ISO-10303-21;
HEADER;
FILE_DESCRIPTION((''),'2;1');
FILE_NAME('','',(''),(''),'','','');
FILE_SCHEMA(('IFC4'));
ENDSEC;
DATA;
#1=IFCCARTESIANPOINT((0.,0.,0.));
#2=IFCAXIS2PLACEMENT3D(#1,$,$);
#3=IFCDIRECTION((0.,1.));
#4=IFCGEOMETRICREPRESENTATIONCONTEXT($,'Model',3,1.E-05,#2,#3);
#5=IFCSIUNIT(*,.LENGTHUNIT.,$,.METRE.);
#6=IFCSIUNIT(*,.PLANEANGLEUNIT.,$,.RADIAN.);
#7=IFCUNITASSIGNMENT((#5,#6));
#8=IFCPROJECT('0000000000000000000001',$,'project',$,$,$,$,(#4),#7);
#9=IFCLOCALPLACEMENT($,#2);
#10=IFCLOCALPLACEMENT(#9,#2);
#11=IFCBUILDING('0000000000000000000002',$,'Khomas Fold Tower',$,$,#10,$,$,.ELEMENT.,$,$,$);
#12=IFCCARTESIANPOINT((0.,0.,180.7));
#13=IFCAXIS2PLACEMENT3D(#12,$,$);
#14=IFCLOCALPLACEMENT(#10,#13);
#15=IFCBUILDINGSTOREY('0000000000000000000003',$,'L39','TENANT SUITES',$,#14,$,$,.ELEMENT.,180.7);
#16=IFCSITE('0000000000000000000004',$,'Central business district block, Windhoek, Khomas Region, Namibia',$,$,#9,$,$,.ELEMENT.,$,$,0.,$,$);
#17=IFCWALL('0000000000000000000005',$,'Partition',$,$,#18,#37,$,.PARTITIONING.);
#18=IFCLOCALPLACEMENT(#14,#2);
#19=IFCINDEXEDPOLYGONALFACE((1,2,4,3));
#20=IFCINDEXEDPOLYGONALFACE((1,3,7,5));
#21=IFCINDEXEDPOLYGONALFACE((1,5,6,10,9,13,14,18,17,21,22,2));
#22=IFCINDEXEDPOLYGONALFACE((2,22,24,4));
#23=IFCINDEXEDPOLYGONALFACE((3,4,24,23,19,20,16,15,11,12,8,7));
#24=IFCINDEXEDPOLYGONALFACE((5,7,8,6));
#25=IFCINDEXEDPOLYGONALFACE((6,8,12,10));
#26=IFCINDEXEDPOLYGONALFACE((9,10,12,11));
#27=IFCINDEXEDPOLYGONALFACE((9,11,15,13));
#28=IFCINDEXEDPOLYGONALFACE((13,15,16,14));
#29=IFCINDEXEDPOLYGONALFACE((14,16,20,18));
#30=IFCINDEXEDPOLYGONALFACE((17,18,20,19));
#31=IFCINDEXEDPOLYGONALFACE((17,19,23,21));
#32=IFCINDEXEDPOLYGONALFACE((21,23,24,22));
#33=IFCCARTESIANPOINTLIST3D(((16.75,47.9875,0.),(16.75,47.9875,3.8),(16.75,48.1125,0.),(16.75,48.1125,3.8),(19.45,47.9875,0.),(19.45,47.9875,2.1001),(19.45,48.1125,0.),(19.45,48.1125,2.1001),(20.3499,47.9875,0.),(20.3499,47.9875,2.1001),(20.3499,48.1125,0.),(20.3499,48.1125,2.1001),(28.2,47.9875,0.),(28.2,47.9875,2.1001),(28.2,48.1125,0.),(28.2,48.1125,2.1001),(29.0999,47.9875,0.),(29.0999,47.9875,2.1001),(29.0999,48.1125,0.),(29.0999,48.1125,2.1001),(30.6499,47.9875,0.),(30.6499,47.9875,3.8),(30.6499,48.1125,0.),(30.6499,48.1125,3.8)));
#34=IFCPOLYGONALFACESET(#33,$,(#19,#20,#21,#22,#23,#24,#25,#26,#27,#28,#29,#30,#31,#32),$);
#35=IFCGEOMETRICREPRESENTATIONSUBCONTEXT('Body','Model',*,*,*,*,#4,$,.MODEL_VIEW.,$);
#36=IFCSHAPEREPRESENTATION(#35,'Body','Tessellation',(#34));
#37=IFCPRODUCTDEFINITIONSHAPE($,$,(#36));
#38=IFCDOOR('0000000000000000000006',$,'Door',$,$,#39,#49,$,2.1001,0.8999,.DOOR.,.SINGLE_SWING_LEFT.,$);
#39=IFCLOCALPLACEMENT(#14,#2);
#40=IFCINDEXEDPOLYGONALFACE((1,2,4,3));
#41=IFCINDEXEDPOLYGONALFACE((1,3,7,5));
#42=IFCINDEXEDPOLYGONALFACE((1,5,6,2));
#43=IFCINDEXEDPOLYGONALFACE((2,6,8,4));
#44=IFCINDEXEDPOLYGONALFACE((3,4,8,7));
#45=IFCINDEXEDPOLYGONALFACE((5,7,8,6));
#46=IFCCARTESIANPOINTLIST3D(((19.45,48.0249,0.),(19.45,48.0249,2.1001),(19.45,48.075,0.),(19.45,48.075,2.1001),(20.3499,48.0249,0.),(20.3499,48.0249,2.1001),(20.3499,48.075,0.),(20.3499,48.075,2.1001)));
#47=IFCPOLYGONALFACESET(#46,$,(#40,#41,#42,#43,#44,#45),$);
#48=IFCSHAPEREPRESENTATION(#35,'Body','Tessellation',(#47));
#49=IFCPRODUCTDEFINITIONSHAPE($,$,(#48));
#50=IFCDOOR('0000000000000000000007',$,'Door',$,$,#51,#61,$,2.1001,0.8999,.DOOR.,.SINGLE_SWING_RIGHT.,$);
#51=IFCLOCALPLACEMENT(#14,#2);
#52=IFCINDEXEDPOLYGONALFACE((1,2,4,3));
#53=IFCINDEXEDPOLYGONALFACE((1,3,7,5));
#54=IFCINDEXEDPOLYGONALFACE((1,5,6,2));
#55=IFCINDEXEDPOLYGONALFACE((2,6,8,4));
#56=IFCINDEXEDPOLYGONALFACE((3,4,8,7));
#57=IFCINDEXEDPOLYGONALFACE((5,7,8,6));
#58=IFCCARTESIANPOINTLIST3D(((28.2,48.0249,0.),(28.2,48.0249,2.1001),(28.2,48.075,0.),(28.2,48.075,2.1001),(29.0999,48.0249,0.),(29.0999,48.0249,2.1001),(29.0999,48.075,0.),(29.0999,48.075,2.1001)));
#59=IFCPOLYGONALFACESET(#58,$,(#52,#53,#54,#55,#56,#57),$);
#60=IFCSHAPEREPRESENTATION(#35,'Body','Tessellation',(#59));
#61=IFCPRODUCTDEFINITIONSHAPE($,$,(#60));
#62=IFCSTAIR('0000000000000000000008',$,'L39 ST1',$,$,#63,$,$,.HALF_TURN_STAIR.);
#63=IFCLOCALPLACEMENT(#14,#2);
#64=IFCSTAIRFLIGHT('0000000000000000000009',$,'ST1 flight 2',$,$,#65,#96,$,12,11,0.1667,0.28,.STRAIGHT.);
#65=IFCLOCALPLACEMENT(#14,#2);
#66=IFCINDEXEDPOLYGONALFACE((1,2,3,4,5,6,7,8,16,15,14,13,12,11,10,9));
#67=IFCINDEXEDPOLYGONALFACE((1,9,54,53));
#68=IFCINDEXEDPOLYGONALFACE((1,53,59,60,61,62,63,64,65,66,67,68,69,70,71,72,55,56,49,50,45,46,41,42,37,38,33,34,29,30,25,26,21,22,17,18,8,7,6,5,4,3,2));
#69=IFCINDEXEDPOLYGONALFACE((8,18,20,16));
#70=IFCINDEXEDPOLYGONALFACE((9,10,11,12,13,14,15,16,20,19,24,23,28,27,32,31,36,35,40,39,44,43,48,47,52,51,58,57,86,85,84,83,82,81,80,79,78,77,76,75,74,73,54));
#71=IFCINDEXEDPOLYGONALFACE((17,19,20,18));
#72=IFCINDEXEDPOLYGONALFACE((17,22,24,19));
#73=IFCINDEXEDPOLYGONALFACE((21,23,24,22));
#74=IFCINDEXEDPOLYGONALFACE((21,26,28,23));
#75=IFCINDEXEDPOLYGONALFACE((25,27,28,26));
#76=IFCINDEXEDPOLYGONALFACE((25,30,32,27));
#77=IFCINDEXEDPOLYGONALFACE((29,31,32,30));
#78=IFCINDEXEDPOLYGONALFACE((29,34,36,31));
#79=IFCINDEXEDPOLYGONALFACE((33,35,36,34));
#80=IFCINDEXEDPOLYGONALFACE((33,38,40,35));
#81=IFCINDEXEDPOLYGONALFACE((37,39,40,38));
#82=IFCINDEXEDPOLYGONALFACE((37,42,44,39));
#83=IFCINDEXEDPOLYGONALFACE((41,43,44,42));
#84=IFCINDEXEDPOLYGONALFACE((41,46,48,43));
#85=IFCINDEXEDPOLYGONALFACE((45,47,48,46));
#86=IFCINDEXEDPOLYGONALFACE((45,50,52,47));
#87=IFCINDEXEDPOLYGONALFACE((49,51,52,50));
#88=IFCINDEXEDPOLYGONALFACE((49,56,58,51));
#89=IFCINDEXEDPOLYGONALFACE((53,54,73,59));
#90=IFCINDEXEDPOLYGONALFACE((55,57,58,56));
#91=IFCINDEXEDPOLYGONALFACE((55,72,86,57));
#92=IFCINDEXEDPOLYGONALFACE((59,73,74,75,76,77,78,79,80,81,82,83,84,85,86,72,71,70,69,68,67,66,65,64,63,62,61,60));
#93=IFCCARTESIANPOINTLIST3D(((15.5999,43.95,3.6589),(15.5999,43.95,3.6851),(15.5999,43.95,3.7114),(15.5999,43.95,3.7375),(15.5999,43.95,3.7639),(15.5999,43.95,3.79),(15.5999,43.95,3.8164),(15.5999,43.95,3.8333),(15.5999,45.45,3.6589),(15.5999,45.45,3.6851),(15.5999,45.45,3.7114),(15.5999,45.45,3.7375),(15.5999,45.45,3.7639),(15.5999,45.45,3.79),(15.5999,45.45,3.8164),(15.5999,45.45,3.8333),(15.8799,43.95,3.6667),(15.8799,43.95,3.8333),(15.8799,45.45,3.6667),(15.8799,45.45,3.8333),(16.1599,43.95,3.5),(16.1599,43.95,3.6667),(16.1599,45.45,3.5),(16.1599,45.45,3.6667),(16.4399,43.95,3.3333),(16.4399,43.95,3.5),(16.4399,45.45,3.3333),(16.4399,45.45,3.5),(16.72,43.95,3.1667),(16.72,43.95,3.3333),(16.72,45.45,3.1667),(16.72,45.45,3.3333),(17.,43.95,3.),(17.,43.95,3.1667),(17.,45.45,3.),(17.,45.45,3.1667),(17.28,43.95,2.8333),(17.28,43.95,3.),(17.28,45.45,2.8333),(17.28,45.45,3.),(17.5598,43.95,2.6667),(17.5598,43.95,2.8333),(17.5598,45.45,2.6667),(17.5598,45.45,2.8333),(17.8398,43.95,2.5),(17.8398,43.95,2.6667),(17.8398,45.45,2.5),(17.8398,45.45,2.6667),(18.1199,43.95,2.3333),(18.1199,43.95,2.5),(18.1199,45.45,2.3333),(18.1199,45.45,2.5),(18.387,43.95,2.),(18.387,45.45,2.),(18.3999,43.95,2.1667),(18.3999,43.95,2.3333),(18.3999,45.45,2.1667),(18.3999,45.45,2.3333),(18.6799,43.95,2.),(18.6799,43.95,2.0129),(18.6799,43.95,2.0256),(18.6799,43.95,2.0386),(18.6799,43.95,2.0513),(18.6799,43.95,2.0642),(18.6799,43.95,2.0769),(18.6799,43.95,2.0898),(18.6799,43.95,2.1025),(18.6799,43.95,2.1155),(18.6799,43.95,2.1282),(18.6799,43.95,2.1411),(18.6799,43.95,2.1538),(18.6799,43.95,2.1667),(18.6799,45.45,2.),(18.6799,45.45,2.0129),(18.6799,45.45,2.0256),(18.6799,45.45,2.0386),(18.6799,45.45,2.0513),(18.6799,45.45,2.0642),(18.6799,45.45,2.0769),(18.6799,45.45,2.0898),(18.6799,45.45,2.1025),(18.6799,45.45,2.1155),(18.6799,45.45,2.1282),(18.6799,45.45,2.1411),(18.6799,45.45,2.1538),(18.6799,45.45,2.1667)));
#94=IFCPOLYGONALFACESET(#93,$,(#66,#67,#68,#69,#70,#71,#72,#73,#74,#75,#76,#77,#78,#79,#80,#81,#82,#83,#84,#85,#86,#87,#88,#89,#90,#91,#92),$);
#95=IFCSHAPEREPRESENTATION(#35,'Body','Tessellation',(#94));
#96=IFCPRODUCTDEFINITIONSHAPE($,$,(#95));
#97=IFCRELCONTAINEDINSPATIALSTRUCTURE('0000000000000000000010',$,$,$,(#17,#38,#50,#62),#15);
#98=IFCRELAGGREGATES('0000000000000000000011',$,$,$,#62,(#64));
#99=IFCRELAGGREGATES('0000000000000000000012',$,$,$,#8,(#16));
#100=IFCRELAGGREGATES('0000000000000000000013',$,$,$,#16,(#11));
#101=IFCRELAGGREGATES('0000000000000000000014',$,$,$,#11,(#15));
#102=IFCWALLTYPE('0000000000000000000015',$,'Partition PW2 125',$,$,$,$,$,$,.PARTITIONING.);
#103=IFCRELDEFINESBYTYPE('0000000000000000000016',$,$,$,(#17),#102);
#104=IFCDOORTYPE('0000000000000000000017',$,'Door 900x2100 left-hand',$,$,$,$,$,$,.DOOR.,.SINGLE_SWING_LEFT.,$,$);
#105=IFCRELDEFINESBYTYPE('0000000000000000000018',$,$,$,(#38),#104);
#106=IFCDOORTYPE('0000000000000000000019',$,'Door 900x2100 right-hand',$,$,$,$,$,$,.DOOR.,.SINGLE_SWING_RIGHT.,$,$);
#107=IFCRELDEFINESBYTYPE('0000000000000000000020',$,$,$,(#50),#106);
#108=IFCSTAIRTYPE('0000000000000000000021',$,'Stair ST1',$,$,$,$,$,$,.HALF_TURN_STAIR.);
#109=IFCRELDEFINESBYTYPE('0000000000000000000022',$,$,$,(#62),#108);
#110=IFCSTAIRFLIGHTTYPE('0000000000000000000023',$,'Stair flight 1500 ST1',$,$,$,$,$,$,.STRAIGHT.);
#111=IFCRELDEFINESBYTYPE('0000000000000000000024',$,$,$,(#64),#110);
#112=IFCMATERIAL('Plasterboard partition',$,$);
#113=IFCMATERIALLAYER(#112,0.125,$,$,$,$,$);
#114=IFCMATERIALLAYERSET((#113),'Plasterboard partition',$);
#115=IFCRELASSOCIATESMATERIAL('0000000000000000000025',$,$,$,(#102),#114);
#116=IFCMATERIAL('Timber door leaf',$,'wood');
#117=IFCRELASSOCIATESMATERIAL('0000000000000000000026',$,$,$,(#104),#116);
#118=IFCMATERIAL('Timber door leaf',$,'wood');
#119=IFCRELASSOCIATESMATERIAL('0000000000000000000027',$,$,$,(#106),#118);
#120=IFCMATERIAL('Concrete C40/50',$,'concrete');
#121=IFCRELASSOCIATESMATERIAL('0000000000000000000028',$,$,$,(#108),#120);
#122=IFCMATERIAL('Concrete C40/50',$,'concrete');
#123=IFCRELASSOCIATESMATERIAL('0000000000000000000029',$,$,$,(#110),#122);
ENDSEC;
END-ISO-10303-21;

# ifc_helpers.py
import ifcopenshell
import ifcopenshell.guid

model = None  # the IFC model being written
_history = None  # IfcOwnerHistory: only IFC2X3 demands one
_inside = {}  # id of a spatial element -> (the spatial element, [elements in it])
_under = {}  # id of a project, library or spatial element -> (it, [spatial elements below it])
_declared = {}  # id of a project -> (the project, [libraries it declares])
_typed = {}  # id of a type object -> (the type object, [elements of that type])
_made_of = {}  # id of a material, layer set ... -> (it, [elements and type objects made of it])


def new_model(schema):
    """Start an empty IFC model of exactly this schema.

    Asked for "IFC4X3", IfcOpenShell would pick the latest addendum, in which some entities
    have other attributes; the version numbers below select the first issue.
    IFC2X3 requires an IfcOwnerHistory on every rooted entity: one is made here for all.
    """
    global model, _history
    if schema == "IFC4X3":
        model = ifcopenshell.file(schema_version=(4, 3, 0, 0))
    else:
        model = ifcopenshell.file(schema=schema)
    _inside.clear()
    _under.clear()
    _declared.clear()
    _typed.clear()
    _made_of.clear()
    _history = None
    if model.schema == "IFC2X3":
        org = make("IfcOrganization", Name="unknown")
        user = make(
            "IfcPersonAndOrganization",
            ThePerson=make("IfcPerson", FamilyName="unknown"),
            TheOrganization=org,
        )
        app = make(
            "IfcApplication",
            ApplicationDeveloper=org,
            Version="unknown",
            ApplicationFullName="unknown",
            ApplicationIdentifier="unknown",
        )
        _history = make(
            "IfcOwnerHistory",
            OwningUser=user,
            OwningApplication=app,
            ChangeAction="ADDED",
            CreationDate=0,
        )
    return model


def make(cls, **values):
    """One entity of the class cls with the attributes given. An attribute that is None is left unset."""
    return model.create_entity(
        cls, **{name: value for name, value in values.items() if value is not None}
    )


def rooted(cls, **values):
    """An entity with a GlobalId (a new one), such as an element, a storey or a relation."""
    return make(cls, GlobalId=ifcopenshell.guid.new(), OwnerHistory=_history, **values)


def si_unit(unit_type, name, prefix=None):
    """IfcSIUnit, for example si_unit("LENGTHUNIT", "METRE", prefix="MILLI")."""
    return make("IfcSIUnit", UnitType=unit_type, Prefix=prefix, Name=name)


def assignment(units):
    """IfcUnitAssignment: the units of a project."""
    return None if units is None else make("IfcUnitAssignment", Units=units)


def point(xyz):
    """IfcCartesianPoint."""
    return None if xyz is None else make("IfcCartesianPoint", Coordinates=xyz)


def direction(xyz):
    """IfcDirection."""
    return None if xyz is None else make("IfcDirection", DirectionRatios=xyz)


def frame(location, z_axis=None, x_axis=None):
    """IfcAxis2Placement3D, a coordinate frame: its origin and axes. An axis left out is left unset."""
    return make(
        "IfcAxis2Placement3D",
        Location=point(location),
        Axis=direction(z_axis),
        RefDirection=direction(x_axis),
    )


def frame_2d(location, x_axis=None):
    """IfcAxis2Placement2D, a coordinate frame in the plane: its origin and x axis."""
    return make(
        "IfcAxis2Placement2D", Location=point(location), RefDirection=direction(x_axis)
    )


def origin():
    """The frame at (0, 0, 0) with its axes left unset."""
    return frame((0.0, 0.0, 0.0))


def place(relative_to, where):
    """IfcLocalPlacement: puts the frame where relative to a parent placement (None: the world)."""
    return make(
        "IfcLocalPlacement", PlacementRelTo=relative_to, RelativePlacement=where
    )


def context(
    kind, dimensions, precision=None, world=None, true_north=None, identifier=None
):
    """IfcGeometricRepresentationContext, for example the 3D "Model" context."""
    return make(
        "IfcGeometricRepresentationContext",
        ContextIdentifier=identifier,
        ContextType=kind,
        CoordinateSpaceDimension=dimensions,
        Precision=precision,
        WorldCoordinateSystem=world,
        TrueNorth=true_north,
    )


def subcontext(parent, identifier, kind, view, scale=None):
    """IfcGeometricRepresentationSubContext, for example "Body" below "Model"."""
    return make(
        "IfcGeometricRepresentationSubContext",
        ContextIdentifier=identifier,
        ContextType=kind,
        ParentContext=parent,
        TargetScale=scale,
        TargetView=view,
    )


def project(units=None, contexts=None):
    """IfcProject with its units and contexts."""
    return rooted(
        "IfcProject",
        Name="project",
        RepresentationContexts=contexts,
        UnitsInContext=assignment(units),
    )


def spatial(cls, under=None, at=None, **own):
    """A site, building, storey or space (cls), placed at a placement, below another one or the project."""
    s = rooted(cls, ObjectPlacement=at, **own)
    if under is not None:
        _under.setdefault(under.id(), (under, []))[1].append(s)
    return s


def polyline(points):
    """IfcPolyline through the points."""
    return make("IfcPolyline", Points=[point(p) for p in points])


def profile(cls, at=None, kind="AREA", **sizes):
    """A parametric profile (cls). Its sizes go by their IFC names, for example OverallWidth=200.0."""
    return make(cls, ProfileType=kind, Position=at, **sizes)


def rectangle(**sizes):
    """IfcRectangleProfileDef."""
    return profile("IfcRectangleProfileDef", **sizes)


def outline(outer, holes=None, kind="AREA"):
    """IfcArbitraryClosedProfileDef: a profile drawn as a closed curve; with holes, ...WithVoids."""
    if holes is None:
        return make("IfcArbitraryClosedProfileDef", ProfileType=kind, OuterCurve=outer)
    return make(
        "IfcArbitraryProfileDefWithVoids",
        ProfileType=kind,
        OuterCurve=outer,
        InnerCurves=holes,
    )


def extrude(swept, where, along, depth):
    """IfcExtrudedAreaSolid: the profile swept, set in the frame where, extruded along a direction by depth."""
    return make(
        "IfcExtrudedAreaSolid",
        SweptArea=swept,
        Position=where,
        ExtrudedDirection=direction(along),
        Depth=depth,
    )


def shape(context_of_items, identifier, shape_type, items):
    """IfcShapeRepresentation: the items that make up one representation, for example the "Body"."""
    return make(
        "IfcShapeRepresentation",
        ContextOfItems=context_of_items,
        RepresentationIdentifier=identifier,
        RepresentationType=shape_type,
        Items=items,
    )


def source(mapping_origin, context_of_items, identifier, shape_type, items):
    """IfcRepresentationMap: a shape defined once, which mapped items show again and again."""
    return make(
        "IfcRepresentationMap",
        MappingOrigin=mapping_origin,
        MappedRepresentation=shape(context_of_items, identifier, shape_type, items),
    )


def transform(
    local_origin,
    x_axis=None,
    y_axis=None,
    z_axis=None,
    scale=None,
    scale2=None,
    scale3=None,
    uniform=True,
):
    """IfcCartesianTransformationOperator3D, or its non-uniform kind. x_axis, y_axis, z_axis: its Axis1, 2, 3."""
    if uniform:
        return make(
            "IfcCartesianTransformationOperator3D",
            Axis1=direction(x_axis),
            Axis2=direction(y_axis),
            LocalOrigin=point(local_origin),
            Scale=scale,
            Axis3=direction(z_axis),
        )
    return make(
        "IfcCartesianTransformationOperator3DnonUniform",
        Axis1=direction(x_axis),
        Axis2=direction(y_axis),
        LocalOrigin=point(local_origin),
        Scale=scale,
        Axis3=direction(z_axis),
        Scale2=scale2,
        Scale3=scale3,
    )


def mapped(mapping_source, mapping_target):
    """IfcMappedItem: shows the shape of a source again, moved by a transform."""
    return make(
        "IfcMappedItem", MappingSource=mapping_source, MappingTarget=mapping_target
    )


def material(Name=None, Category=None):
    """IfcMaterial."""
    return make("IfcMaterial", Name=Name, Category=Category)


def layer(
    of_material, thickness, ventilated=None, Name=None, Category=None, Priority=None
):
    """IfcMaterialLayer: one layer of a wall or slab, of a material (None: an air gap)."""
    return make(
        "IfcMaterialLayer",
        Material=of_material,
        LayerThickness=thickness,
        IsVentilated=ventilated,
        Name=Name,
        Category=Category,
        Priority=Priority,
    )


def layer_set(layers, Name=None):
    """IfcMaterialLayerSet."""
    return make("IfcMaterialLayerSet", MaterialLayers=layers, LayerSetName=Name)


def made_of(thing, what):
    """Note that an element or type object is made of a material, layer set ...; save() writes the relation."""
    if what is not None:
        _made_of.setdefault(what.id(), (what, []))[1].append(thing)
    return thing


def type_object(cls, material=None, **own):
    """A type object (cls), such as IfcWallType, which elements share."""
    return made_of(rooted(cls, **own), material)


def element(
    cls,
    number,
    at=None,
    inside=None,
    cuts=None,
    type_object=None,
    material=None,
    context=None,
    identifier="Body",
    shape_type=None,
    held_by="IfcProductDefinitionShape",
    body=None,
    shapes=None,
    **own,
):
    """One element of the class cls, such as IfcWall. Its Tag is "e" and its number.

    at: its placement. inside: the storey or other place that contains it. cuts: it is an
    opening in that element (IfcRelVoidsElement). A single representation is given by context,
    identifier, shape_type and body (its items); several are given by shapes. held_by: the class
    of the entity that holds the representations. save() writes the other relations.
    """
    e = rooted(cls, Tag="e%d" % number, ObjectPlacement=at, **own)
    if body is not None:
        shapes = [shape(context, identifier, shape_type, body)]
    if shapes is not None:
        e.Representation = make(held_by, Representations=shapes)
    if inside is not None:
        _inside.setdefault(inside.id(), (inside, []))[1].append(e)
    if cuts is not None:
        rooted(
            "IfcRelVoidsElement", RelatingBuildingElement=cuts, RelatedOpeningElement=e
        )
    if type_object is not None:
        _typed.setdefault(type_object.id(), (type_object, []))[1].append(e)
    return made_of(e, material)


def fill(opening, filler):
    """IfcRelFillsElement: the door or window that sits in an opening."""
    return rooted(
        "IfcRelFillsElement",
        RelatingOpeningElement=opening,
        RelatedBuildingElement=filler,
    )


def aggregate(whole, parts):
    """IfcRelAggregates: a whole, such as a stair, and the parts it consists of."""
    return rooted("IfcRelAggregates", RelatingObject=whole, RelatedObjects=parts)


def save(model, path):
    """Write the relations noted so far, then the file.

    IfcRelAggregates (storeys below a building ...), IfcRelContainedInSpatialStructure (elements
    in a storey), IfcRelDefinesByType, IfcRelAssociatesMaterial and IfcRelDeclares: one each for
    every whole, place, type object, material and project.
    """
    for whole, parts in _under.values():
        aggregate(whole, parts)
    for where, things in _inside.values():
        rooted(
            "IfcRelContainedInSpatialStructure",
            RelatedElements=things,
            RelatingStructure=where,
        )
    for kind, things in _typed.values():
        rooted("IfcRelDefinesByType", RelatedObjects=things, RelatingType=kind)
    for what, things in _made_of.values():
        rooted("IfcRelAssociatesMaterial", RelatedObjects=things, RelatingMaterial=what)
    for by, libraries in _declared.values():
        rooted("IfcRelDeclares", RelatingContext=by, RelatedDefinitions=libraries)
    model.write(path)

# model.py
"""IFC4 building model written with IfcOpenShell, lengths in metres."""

from ifc_helpers import new_model, si_unit, direction, frame, frame_2d, origin, place, context, subcontext, project, spatial, polyline, rectangle, outline, extrude, source, transform, mapped, material, layer, layer_set, type_object, element, fill, aggregate, save


model = new_model("IFC4")

# Units and contexts
model_context = context("Model", 3, precision=1e-05, world=origin(), true_north=direction((0.0, 1.0)))
body_context = subcontext(model_context, "Body", "Model", "MODEL_VIEW")
ifc_project = project(units=[si_unit("LENGTHUNIT", "METRE"), si_unit("PLANEANGLEUNIT", "RADIAN")], contexts=[model_context])

# Site, building, storey
site_placement = place(None, origin())
site = spatial("IfcSite", under=ifc_project, at=site_placement, Name="Central business district block, Windhoek, Khomas Region, Namibia", CompositionType="ELEMENT", RefElevation=0.0)
building_placement = place(site_placement, origin())
building = spatial("IfcBuilding", under=site, at=building_placement, Name="Khomas Fold Tower", CompositionType="ELEMENT")
storey_placement = place(building_placement, frame((0.0, 0.0, 180.7)))
storey = spatial("IfcBuildingStorey", under=building, at=storey_placement, Name="L39", Description="TENANT SUITES", CompositionType="ELEMENT", Elevation=180.7)

# Wall, openings, doors
ifc_material_1 = material(Name="Plasterboard partition")
ifc_layer_1 = layer(ifc_material_1, 0.125)
ifc_layer_set_1 = layer_set([ifc_layer_1], Name="Plasterboard partition")
wall_type_1 = type_object("IfcWallType", Name="Partition PW2 125", PredefinedType="PARTITIONING", material=ifc_layer_set_1)
shared_shape_1 = source(origin(), body_context, "Body", "SweptSolid", [
    extrude(rectangle(XDim=13.8999, YDim=0.125, at=frame_2d((6.95, 0.0))), origin(), (0.0, 0.0, 1.0), 3.8),
])
wall_1_placement = place(storey_placement, frame((16.75, 48.05, 0.0), z_axis=(0.0, 0.0, 1.0), x_axis=(1.0, 0.0, 0.0)))
wall_1 = element("IfcWall", 1, at=wall_1_placement, inside=storey, type_object=wall_type_1, Name="Partition", PredefinedType="PARTITIONING", context=body_context, shape_type="MappedRepresentation", body=[
    mapped(shared_shape_1, transform((0.0, 0.0, 0.0))),
])
shared_shape_2 = source(origin(), body_context, "Body", "SweptSolid", [
    extrude(rectangle(XDim=0.8999, YDim=2.1001, at=frame_2d((0.45, 1.05))), frame((0.0, 0.0725, 0.0), z_axis=(0.0, -1.0, 0.0), x_axis=(1.0, 0.0, 0.0)), (0.0, 0.0, 1.0), 0.145),
])
opening_1_placement = place(wall_1_placement, frame((2.7, 0.0, 0.0)))
opening_1 = element("IfcOpeningElement", 2, at=opening_1_placement, cuts=wall_1, PredefinedType="OPENING", context=body_context, shape_type="MappedRepresentation", body=[
    mapped(shared_shape_2, transform((0.0, 0.0, 0.0))),
])
opening_2_placement = place(wall_1_placement, frame((11.45, 0.0, 0.0)))
opening_2 = element("IfcOpeningElement", 3, at=opening_2_placement, cuts=wall_1, PredefinedType="OPENING", context=body_context, shape_type="MappedRepresentation", body=[
    mapped(shared_shape_2, transform((0.0, 0.0, 0.0))),
])
ifc_material_2 = material(Name="Timber door leaf", Category="wood")
door_type_1 = type_object("IfcDoorType", Name="Door 900x2100 left-hand", OperationType="SINGLE_SWING_LEFT", PredefinedType="DOOR", material=ifc_material_2)
shared_shape_3 = source(origin(), body_context, "Body", "SweptSolid", [
    extrude(rectangle(XDim=0.8999, YDim=2.1001, at=frame_2d((0.45, 1.05))), frame((0.0, 0.0249, 0.0), z_axis=(0.0, -1.0, 0.0), x_axis=(1.0, 0.0, 0.0)), (0.0, 0.0, 1.0), 0.05),
])
door_1_placement = place(opening_1_placement, origin())
door_1 = element("IfcDoor", 4, at=door_1_placement, inside=storey, type_object=door_type_1, Name="Door", OperationType="SINGLE_SWING_LEFT", OverallHeight=2.1001, OverallWidth=0.8999, PredefinedType="DOOR", context=body_context, shape_type="MappedRepresentation", body=[
    mapped(shared_shape_3, transform((0.0, 0.0, 0.0))),
])
fill(opening_1, door_1)
ifc_material_3 = material(Name="Timber door leaf", Category="wood")
door_type_2 = type_object("IfcDoorType", Name="Door 900x2100 right-hand", OperationType="SINGLE_SWING_RIGHT", PredefinedType="DOOR", material=ifc_material_3)
door_2_placement = place(opening_2_placement, origin())
door_2 = element("IfcDoor", 5, at=door_2_placement, inside=storey, type_object=door_type_2, Name="Door", OperationType="SINGLE_SWING_RIGHT", OverallHeight=2.1001, OverallWidth=0.8999, PredefinedType="DOOR", context=body_context, shape_type="MappedRepresentation", body=[
    mapped(shared_shape_3, transform((0.0, 0.0, 0.0))),
])
fill(opening_2, door_2)

# Stair, stair flight
ifc_material_4 = material(Name="Concrete C40/50", Category="concrete")
stair_type = type_object("IfcStairType", Name="Stair ST1", PredefinedType="HALF_TURN_STAIR", material=ifc_material_4)
stair_placement = place(storey_placement, origin())
stair = element("IfcStair", 6, at=stair_placement, inside=storey, type_object=stair_type, Name="L39 ST1", PredefinedType="HALF_TURN_STAIR")
ifc_material_5 = material(Name="Concrete C40/50", Category="concrete")
stair_flight_type = type_object("IfcStairFlightType", Name="Stair flight 1500 ST1", PredefinedType="STRAIGHT", material=ifc_material_5)
shared_shape_4 = source(origin(), body_context, "Body", "SweptSolid", [
    extrude(outline(polyline([(0.0, 0.0), (0.0, 0.0129), (0.0, 0.0256), (0.0, 0.0386), (0.0, 0.0513), (0.0, 0.0642), (0.0, 0.0769), (0.0, 0.0898), (0.0, 0.1025), (0.0, 0.1155), (0.0, 0.1282), (0.0, 0.1411), (0.0, 0.1538), (0.0, 0.1667), (0.28, 0.1667), (0.28, 0.3333), (0.5601, 0.3333), (0.5601, 0.5), (0.8401, 0.5), (0.8401, 0.6667), (1.1201, 0.6667), (1.1201, 0.8333), (1.3999, 0.8333), (1.3999, 1.0), (1.6799, 1.0), (1.6799, 1.1667), (1.96, 1.1667), (1.96, 1.3333), (2.24, 1.3333), (2.24, 1.5), (2.52, 1.5), (2.52, 1.6667), (2.8, 1.6667), (2.8, 1.8333), (3.0801, 1.8333), (3.0801, 2.0), (3.0801, 1.9739), (3.0801, 1.9475), (3.0801, 1.9214), (3.0801, 1.895), (3.0801, 1.8689), (3.0801, 1.8425), (3.0801, 1.8164), (3.0801, 1.79), (3.0801, 1.7639), (3.0801, 1.7375), (3.0801, 1.7114), (3.0801, 1.6851), (3.0801, 1.6589), (0.293, 0.0), (0.0, 0.0)])), frame((0.0, 0.75, 0.0), z_axis=(0.0, -1.0, 0.0), x_axis=(1.0, 0.0, 0.0)), (0.0, 0.0, 1.0), 1.5),
])
stair_flight_placement = place(storey_placement, frame((18.6799, 44.7, 2.0), z_axis=(0.0, 0.0, 1.0), x_axis=(-1.0, 0.0, 0.0)))
stair_flight = element("IfcStairFlight", 7, at=stair_flight_placement, type_object=stair_flight_type, Name="ST1 flight 2", NumberOfRisers=12, NumberOfTreads=11, PredefinedType="STRAIGHT", RiserHeight=0.1667, TreadLength=0.28, context=body_context, shape_type="MappedRepresentation", body=[
    mapped(shared_shape_4, transform((0.0, 0.0, 0.0))),
])
aggregate(stair, [stair_flight])

save(model, "model.ifc")
